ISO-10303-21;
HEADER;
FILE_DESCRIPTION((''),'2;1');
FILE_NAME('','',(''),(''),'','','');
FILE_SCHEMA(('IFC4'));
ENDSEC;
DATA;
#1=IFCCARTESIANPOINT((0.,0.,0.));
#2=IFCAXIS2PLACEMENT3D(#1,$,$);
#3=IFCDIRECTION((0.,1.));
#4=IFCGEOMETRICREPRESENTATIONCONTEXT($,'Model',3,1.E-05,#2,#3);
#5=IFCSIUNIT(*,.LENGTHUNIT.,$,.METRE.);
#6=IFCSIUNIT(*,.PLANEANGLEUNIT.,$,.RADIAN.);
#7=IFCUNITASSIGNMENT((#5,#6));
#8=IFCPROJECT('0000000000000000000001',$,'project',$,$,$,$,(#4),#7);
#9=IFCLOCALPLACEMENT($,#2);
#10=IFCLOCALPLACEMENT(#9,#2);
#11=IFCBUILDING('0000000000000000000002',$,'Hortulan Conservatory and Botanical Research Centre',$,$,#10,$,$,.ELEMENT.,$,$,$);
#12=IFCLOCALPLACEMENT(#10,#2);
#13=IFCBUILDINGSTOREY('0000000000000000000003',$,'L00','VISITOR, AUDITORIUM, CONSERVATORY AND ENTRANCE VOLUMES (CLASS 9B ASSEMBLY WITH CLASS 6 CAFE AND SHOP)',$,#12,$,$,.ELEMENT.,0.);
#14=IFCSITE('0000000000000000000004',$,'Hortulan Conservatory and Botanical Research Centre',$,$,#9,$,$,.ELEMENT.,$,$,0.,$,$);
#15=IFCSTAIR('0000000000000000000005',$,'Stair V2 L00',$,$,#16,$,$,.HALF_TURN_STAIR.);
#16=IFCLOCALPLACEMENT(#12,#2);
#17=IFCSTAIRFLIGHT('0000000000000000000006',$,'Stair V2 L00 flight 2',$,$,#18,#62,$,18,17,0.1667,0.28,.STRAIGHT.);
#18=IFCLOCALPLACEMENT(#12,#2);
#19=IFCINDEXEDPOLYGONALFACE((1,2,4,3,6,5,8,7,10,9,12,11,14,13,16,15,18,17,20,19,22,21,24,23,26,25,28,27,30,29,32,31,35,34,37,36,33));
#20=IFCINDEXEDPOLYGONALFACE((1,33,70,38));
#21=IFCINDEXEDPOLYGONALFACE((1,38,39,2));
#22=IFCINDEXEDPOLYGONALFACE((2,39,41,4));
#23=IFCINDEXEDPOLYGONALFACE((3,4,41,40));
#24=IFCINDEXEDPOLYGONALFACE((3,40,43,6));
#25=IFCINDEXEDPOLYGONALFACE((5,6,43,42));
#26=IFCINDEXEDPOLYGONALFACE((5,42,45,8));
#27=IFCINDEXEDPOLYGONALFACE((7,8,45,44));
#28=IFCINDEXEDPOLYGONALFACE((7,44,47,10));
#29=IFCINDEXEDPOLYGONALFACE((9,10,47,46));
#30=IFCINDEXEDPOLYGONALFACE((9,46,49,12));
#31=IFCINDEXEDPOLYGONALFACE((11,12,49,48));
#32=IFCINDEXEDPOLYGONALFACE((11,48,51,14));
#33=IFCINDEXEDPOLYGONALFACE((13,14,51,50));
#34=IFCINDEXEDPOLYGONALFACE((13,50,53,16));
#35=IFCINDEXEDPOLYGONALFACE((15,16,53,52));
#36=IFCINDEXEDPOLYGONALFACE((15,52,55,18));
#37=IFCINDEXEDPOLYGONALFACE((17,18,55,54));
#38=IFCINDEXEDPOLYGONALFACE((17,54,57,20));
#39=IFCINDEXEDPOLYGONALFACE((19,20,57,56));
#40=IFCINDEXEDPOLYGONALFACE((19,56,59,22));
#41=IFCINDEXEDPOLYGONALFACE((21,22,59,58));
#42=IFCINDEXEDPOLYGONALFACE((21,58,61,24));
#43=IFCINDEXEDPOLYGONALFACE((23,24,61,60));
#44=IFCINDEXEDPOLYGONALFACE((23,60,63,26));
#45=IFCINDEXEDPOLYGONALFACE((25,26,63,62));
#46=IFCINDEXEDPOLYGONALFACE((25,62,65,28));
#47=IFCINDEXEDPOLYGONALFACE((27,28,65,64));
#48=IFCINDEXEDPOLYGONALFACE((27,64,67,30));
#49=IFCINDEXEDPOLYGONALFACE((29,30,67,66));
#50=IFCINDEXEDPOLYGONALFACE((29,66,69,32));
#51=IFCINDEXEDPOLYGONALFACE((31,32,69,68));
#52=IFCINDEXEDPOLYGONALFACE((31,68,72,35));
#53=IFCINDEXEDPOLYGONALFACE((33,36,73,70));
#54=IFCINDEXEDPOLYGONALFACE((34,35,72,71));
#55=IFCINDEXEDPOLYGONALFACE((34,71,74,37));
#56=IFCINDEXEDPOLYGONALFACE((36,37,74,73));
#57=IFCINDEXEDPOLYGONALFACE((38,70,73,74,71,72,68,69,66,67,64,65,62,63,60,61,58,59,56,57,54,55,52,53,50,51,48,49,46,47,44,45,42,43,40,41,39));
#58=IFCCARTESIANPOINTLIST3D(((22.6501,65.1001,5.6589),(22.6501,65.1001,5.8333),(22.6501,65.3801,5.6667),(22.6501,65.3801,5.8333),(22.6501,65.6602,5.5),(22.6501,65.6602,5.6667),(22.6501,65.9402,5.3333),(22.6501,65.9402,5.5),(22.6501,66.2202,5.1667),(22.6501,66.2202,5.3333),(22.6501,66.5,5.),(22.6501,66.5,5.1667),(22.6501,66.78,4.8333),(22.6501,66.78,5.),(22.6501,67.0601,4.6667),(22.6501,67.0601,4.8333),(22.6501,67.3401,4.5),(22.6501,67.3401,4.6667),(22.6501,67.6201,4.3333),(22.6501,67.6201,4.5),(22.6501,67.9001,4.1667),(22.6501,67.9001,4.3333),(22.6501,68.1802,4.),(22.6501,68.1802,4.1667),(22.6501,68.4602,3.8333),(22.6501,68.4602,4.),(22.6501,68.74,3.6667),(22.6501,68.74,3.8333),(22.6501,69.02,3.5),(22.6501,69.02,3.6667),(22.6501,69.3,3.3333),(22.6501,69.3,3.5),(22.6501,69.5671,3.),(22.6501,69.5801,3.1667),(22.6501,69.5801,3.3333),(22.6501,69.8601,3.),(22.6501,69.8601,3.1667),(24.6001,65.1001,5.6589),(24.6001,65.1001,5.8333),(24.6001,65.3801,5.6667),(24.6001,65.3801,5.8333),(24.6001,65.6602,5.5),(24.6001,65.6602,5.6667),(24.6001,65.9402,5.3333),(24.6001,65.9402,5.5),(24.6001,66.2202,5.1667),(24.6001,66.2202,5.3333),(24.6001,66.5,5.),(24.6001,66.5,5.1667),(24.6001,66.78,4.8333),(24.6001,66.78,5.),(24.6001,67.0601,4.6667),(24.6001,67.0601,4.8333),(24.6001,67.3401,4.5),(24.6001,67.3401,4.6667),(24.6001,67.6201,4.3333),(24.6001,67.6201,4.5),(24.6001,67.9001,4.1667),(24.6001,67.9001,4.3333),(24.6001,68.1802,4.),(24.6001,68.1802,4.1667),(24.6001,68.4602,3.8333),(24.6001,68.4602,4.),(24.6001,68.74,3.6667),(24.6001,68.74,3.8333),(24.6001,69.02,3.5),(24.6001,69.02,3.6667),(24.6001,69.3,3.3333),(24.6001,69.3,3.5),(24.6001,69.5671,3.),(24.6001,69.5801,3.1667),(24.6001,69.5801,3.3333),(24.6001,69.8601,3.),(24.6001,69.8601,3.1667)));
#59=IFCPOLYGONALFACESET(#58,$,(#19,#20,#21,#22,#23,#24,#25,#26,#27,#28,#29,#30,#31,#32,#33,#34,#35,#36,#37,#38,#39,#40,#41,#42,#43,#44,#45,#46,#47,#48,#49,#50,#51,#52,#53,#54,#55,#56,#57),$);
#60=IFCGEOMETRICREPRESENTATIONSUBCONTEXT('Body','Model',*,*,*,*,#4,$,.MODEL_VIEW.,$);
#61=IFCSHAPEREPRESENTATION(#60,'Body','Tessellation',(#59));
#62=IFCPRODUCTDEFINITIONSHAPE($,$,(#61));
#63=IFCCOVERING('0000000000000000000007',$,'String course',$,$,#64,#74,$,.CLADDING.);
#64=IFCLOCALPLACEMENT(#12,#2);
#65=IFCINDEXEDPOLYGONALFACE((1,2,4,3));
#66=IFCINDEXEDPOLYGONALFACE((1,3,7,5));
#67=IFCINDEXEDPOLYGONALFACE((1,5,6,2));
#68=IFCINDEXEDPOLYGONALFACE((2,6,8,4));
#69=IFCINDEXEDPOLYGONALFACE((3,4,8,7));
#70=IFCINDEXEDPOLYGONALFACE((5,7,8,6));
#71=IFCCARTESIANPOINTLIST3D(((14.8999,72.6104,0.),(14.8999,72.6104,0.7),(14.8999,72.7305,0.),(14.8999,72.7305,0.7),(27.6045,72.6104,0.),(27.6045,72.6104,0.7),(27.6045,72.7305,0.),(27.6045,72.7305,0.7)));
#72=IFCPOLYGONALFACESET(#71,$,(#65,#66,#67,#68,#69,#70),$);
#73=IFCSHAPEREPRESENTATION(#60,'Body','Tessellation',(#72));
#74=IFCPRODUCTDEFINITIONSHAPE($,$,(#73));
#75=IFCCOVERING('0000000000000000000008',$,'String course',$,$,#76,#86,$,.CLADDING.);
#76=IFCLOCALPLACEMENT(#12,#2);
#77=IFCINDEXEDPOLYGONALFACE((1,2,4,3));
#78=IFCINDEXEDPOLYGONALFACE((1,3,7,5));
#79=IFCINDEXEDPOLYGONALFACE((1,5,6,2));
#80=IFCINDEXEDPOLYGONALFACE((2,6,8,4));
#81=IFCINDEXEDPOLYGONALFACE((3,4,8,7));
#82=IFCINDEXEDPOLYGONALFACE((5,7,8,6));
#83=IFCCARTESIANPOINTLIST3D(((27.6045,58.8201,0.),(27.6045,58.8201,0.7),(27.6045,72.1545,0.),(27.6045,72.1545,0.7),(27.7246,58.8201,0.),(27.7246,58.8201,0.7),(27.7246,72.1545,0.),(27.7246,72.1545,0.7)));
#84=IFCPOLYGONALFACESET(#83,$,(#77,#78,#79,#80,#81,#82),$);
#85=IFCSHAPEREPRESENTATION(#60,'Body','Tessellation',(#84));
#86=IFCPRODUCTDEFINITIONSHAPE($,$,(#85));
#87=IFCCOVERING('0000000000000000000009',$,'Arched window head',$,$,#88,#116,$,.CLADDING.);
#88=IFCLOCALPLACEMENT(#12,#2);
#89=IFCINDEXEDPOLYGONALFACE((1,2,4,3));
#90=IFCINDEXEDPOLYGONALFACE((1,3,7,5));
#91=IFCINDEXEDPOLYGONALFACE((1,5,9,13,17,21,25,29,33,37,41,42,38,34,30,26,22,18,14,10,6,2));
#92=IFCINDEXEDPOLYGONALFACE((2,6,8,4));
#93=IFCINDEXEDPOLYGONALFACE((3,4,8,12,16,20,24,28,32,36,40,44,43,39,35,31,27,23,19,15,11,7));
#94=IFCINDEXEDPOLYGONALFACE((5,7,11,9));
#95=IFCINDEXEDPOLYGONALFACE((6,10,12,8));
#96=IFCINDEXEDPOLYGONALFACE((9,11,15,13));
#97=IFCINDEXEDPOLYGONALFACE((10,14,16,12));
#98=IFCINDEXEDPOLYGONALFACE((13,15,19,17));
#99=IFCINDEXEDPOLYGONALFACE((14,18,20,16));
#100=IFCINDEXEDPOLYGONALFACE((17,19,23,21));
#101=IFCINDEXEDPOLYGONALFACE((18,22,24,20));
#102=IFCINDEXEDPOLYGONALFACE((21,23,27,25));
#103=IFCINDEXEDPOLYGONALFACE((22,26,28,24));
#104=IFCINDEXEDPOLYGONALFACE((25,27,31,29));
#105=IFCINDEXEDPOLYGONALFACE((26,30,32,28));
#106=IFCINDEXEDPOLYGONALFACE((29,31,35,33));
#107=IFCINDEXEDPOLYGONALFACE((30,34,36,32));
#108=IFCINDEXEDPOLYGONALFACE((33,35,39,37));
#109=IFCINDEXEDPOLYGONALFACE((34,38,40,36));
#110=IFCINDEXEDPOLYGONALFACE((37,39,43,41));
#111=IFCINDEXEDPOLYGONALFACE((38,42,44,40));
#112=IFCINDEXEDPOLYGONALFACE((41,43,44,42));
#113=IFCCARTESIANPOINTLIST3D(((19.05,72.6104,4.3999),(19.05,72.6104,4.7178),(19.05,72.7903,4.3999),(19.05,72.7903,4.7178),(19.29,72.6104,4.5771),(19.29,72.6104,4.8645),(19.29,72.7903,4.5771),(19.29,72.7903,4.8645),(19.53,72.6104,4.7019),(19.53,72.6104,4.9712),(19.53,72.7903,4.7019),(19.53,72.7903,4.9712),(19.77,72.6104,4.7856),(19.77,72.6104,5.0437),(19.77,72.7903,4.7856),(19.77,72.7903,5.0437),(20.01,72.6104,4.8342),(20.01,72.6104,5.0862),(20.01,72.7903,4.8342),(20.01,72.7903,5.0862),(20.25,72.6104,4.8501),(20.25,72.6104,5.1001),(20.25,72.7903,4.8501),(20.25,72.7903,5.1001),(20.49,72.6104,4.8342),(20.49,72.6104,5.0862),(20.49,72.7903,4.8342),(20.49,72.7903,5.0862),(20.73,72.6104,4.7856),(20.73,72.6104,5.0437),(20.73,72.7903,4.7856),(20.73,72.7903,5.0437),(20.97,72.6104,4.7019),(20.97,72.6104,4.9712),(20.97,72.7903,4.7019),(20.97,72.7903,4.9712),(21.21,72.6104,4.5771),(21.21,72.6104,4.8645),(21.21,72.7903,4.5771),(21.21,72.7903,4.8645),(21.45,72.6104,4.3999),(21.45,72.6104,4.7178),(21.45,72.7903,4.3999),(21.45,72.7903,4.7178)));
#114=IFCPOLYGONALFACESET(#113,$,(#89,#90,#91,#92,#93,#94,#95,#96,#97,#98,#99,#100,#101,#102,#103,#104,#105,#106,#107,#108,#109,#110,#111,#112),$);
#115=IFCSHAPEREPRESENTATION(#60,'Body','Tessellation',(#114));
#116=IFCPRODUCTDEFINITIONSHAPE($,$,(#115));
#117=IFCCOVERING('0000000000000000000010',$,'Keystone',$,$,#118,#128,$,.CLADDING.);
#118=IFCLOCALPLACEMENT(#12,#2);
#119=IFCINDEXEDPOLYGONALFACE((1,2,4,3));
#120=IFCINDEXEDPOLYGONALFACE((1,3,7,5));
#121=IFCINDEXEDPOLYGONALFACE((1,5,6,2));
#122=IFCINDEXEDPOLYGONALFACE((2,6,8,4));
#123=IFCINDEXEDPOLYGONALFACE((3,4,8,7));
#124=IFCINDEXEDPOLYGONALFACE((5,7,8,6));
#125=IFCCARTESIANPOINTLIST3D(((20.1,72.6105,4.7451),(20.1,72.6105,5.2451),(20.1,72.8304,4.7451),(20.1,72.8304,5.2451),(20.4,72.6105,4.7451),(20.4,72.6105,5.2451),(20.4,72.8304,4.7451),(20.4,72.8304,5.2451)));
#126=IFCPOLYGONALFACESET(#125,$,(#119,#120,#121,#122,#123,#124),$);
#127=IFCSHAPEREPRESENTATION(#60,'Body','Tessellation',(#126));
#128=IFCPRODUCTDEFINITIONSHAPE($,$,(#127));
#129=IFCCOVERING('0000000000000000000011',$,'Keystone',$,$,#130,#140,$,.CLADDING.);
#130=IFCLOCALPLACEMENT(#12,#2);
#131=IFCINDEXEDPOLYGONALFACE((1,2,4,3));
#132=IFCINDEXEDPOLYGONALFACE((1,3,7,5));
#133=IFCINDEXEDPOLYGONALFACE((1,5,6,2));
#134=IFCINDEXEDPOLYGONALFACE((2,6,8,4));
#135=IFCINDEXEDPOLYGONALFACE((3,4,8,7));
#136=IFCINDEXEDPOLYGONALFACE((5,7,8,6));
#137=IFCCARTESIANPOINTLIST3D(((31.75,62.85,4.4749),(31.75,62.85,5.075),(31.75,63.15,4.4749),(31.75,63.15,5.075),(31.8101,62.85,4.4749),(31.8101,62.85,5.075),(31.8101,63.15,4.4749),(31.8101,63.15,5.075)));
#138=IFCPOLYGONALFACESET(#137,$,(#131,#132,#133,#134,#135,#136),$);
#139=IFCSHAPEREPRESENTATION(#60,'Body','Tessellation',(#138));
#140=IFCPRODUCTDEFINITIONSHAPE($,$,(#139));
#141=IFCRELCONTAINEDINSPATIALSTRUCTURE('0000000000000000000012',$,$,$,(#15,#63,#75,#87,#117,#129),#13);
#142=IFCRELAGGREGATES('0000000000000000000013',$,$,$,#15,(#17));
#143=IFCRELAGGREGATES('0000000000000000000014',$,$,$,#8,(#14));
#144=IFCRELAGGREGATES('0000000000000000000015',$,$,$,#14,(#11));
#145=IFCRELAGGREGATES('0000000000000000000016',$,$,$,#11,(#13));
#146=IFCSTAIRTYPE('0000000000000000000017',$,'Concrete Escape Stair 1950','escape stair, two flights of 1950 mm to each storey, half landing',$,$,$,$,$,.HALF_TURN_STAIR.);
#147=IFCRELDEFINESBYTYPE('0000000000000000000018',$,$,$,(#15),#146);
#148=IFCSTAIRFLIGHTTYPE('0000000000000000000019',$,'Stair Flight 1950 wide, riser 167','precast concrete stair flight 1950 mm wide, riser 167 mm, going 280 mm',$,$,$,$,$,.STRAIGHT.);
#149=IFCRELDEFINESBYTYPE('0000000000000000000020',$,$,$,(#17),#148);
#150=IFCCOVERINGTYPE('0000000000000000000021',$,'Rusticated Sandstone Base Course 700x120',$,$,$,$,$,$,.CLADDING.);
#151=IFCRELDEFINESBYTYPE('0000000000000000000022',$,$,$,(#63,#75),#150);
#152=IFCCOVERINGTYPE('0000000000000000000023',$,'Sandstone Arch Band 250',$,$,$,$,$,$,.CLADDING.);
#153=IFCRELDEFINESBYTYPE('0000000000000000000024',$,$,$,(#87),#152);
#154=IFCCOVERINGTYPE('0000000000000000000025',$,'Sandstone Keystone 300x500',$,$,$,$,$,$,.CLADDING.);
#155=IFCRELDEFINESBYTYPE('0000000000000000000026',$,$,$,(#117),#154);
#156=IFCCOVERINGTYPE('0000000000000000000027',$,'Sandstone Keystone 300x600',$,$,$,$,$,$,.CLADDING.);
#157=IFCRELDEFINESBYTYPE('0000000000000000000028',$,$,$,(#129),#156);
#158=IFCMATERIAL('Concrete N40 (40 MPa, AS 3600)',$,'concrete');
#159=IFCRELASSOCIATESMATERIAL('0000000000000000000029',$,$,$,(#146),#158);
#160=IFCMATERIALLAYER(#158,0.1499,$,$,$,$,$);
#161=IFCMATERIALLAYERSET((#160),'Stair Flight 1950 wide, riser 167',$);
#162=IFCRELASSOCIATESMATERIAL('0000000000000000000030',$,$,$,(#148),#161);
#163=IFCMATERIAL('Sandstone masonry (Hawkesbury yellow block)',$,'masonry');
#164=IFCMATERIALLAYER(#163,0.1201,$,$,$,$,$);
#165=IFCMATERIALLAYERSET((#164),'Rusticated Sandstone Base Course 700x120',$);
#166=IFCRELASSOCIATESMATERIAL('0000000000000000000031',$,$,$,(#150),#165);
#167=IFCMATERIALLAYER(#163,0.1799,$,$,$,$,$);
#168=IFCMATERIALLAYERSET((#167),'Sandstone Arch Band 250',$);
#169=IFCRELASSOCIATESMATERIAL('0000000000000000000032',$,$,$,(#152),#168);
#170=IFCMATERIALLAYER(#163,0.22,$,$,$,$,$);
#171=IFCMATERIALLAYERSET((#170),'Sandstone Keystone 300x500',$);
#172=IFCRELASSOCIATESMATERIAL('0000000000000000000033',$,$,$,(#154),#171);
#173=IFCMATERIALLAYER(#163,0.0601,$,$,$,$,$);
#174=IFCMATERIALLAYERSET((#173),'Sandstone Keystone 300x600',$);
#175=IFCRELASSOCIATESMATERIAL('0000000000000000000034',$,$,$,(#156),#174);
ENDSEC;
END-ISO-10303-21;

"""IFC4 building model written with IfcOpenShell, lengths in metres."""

from ifc_helpers import new_model, si_unit, direction, frame, origin, origin_2d, place, context, subcontext, project, spatial, polyline, rectangle, outline, extrude, material, layer, layer_set, type_object, element, aggregate, save


model = new_model("IFC4")

# Units and contexts
model_context = context("Model", 3, precision=1e-05, world=origin(), true_north=direction((0.0, 1.0)))
body_context = subcontext(model_context, "Body", "Model", "MODEL_VIEW")
ifc_project = project(units=[si_unit("LENGTHUNIT", "METRE"), si_unit("PLANEANGLEUNIT", "RADIAN")], contexts=[model_context])

# Site, building, storey
site_placement = place(None, origin())
site = spatial("IfcSite", under=ifc_project, at=site_placement, Name="Hortulan Conservatory and Botanical Research Centre", CompositionType="ELEMENT", RefElevation=0.0)
building_placement = place(site_placement, origin())
building = spatial("IfcBuilding", under=site, at=building_placement, Name="Hortulan Conservatory and Botanical Research Centre", CompositionType="ELEMENT")
storey_placement = place(building_placement, origin())
storey = spatial("IfcBuildingStorey", under=building, at=storey_placement, Name="L00", Description="VISITOR, AUDITORIUM, CONSERVATORY AND ENTRANCE VOLUMES (CLASS 9B ASSEMBLY WITH CLASS 6 CAFE AND SHOP)", CompositionType="ELEMENT", Elevation=0.0)

# Shared definitions
ifc_material_1 = material(Name="Concrete N40 (40 MPa, AS 3600)", Category="concrete")

# Shared definitions
ifc_material_2 = material(Name="Sandstone masonry (Hawkesbury yellow block)", Category="masonry")

# Stair, stair flight
stair_type = type_object("IfcStairType", Name="Concrete Escape Stair 1950", Description="escape stair, two flights of 1950 mm to each storey, half landing", PredefinedType="HALF_TURN_STAIR", material=ifc_material_1)
stair_placement = place(storey_placement, origin())
stair = element("IfcStair", 1, at=stair_placement, inside=storey, type_object=stair_type, Name="Stair V2 L00", PredefinedType="HALF_TURN_STAIR")
ifc_layer_1 = layer(ifc_material_1, 0.1499)
ifc_layer_set_1 = layer_set([ifc_layer_1], Name="Stair Flight 1950 wide, riser 167")
stair_flight_type = type_object("IfcStairFlightType", Name="Stair Flight 1950 wide, riser 167", Description="precast concrete stair flight 1950 mm wide, riser 167 mm, going 280 mm", PredefinedType="STRAIGHT", material=ifc_layer_set_1)
stair_flight_1_placement = place(storey_placement, frame((23.625, 69.8601, 3.0), z_axis=(0.0, 0.0, 1.0), x_axis=(0.0, -1.0, 0.0)))
stair_flight_1 = element("IfcStairFlight", 2, at=stair_flight_1_placement, type_object=stair_flight_type, Name="Stair V2 L00 flight 2", NumberOfRisers=18, NumberOfTreads=17, PredefinedType="STRAIGHT", RiserHeight=0.1667, TreadLength=0.28, context=body_context, shape_type="SweptSolid", body=[
    extrude(outline(polyline([(0.0, 0.0), (0.0, 0.1667), (0.28, 0.1667), (0.28, 0.3333), (0.5601, 0.3333), (0.5601, 0.5), (0.8401, 0.5), (0.8401, 0.6667), (1.1201, 0.6667), (1.1201, 0.8333), (1.3999, 0.8333), (1.3999, 1.0), (1.6799, 1.0), (1.6799, 1.1667), (1.96, 1.1667), (1.96, 1.3333), (2.24, 1.3333), (2.24, 1.5), (2.52, 1.5), (2.52, 1.6667), (2.8, 1.6667), (2.8, 1.8333), (3.0801, 1.8333), (3.0801, 2.0), (3.3601, 2.0), (3.3601, 2.1667), (3.6399, 2.1667), (3.6399, 2.3333), (3.9199, 2.3333), (3.9199, 2.5), (4.2, 2.5), (4.2, 2.6667), (4.48, 2.6667), (4.48, 2.8333), (4.76, 2.8333), (4.76, 3.0), (4.76, 2.6589), (0.293, 0.0), (0.0, 0.0)])), frame((0.0, 0.9751, 0.0), z_axis=(0.0, -1.0, 0.0), x_axis=(1.0, 0.0, 0.0)), (0.0, 0.0, 1.0), 1.95),
])
aggregate(stair, [stair_flight_1])

# Coverings
ifc_layer_2 = layer(ifc_material_2, 0.1201)
ifc_layer_set_2 = layer_set([ifc_layer_2], Name="Rusticated Sandstone Base Course 700x120")
covering_type_1 = type_object("IfcCoveringType", Name="Rusticated Sandstone Base Course 700x120", PredefinedType="CLADDING", material=ifc_layer_set_2)
covering_1_placement = place(storey_placement, frame((21.2522, 72.6704, 0.0), z_axis=(0.0, 0.0, 1.0), x_axis=(1.0, 0.0, 0.0)))
element("IfcCovering", 3, at=covering_1_placement, inside=storey, type_object=covering_type_1, Name="String course", PredefinedType="CLADDING", context=body_context, shape_type="SweptSolid", body=[
    extrude(rectangle(XDim=12.7046, YDim=0.1201, at=origin_2d()), origin(), (0.0, 0.0, 1.0), 0.7),
])
covering_2_placement = place(storey_placement, frame((27.6646, 65.4873, 0.0), z_axis=(0.0, 0.0, 1.0), x_axis=(0.0, -1.0, 0.0)))
element("IfcCovering", 4, at=covering_2_placement, inside=storey, type_object=covering_type_1, Name="String course", PredefinedType="CLADDING", context=body_context, shape_type="SweptSolid", body=[
    extrude(rectangle(XDim=13.3345, YDim=0.1201, at=origin_2d()), origin(), (0.0, 0.0, 1.0), 0.7),
])
ifc_layer_3 = layer(ifc_material_2, 0.1799)
ifc_layer_set_3 = layer_set([ifc_layer_3], Name="Sandstone Arch Band 250")
covering_type_2 = type_object("IfcCoveringType", Name="Sandstone Arch Band 250", PredefinedType="CLADDING", material=ifc_layer_set_3)
covering_3_placement = place(storey_placement, frame((19.05, 72.7004, 4.3999), z_axis=(0.0, 0.0, 1.0), x_axis=(1.0, 0.0, 0.0)))
element("IfcCovering", 5, at=covering_3_placement, inside=storey, type_object=covering_type_2, Name="Arched window head", PredefinedType="CLADDING", context=body_context, shape_type="SweptSolid", body=[
    extrude(outline(polyline([(0.0, 0.0), (0.24, 0.1772), (0.48, 0.302), (0.72, 0.3857), (0.96, 0.4343), (1.2, 0.4502), (1.4399, 0.4343), (1.6799, 0.3857), (1.9199, 0.302), (2.1599, 0.1772), (2.3999, 0.0), (2.3999, 0.3179), (2.1599, 0.4646), (1.9199, 0.5713), (1.6799, 0.6438), (1.4399, 0.6863), (1.2, 0.7002), (0.96, 0.6863), (0.72, 0.6438), (0.48, 0.5713), (0.24, 0.4646), (0.0, 0.3179), (0.0, 0.0)])), frame((0.0, 0.0898, 0.0), z_axis=(0.0, -1.0, 0.0), x_axis=(1.0, 0.0, 0.0)), (0.0, 0.0, 1.0), 0.1799),
])
ifc_layer_4 = layer(ifc_material_2, 0.22)
ifc_layer_set_4 = layer_set([ifc_layer_4], Name="Sandstone Keystone 300x500")
covering_type_3 = type_object("IfcCoveringType", Name="Sandstone Keystone 300x500", PredefinedType="CLADDING", material=ifc_layer_set_4)
covering_4_placement = place(storey_placement, frame((20.25, 72.7205, 4.7451), z_axis=(0.0, 0.0, 1.0), x_axis=(1.0, 0.0, 0.0)))
element("IfcCovering", 6, at=covering_4_placement, inside=storey, type_object=covering_type_3, Name="Keystone", PredefinedType="CLADDING", context=body_context, shape_type="SweptSolid", body=[
    extrude(rectangle(XDim=0.3, YDim=0.22, at=origin_2d()), origin(), (0.0, 0.0, 1.0), 0.5),
])
ifc_layer_5 = layer(ifc_material_2, 0.0601)
ifc_layer_set_5 = layer_set([ifc_layer_5], Name="Sandstone Keystone 300x600")
covering_type_4 = type_object("IfcCoveringType", Name="Sandstone Keystone 300x600", PredefinedType="CLADDING", material=ifc_layer_set_5)
covering_5_placement = place(storey_placement, frame((31.78, 63.0, 4.4749), z_axis=(0.0, 0.0, 1.0), x_axis=(0.0, 1.0, 0.0)))
element("IfcCovering", 7, at=covering_5_placement, inside=storey, type_object=covering_type_4, Name="Keystone", PredefinedType="CLADDING", context=body_context, shape_type="SweptSolid", body=[
    extrude(rectangle(XDim=0.3, YDim=0.0601, at=origin_2d()), origin(), (0.0, 0.0, 1.0), 0.6001),
])

save(model, "model.ifc")
